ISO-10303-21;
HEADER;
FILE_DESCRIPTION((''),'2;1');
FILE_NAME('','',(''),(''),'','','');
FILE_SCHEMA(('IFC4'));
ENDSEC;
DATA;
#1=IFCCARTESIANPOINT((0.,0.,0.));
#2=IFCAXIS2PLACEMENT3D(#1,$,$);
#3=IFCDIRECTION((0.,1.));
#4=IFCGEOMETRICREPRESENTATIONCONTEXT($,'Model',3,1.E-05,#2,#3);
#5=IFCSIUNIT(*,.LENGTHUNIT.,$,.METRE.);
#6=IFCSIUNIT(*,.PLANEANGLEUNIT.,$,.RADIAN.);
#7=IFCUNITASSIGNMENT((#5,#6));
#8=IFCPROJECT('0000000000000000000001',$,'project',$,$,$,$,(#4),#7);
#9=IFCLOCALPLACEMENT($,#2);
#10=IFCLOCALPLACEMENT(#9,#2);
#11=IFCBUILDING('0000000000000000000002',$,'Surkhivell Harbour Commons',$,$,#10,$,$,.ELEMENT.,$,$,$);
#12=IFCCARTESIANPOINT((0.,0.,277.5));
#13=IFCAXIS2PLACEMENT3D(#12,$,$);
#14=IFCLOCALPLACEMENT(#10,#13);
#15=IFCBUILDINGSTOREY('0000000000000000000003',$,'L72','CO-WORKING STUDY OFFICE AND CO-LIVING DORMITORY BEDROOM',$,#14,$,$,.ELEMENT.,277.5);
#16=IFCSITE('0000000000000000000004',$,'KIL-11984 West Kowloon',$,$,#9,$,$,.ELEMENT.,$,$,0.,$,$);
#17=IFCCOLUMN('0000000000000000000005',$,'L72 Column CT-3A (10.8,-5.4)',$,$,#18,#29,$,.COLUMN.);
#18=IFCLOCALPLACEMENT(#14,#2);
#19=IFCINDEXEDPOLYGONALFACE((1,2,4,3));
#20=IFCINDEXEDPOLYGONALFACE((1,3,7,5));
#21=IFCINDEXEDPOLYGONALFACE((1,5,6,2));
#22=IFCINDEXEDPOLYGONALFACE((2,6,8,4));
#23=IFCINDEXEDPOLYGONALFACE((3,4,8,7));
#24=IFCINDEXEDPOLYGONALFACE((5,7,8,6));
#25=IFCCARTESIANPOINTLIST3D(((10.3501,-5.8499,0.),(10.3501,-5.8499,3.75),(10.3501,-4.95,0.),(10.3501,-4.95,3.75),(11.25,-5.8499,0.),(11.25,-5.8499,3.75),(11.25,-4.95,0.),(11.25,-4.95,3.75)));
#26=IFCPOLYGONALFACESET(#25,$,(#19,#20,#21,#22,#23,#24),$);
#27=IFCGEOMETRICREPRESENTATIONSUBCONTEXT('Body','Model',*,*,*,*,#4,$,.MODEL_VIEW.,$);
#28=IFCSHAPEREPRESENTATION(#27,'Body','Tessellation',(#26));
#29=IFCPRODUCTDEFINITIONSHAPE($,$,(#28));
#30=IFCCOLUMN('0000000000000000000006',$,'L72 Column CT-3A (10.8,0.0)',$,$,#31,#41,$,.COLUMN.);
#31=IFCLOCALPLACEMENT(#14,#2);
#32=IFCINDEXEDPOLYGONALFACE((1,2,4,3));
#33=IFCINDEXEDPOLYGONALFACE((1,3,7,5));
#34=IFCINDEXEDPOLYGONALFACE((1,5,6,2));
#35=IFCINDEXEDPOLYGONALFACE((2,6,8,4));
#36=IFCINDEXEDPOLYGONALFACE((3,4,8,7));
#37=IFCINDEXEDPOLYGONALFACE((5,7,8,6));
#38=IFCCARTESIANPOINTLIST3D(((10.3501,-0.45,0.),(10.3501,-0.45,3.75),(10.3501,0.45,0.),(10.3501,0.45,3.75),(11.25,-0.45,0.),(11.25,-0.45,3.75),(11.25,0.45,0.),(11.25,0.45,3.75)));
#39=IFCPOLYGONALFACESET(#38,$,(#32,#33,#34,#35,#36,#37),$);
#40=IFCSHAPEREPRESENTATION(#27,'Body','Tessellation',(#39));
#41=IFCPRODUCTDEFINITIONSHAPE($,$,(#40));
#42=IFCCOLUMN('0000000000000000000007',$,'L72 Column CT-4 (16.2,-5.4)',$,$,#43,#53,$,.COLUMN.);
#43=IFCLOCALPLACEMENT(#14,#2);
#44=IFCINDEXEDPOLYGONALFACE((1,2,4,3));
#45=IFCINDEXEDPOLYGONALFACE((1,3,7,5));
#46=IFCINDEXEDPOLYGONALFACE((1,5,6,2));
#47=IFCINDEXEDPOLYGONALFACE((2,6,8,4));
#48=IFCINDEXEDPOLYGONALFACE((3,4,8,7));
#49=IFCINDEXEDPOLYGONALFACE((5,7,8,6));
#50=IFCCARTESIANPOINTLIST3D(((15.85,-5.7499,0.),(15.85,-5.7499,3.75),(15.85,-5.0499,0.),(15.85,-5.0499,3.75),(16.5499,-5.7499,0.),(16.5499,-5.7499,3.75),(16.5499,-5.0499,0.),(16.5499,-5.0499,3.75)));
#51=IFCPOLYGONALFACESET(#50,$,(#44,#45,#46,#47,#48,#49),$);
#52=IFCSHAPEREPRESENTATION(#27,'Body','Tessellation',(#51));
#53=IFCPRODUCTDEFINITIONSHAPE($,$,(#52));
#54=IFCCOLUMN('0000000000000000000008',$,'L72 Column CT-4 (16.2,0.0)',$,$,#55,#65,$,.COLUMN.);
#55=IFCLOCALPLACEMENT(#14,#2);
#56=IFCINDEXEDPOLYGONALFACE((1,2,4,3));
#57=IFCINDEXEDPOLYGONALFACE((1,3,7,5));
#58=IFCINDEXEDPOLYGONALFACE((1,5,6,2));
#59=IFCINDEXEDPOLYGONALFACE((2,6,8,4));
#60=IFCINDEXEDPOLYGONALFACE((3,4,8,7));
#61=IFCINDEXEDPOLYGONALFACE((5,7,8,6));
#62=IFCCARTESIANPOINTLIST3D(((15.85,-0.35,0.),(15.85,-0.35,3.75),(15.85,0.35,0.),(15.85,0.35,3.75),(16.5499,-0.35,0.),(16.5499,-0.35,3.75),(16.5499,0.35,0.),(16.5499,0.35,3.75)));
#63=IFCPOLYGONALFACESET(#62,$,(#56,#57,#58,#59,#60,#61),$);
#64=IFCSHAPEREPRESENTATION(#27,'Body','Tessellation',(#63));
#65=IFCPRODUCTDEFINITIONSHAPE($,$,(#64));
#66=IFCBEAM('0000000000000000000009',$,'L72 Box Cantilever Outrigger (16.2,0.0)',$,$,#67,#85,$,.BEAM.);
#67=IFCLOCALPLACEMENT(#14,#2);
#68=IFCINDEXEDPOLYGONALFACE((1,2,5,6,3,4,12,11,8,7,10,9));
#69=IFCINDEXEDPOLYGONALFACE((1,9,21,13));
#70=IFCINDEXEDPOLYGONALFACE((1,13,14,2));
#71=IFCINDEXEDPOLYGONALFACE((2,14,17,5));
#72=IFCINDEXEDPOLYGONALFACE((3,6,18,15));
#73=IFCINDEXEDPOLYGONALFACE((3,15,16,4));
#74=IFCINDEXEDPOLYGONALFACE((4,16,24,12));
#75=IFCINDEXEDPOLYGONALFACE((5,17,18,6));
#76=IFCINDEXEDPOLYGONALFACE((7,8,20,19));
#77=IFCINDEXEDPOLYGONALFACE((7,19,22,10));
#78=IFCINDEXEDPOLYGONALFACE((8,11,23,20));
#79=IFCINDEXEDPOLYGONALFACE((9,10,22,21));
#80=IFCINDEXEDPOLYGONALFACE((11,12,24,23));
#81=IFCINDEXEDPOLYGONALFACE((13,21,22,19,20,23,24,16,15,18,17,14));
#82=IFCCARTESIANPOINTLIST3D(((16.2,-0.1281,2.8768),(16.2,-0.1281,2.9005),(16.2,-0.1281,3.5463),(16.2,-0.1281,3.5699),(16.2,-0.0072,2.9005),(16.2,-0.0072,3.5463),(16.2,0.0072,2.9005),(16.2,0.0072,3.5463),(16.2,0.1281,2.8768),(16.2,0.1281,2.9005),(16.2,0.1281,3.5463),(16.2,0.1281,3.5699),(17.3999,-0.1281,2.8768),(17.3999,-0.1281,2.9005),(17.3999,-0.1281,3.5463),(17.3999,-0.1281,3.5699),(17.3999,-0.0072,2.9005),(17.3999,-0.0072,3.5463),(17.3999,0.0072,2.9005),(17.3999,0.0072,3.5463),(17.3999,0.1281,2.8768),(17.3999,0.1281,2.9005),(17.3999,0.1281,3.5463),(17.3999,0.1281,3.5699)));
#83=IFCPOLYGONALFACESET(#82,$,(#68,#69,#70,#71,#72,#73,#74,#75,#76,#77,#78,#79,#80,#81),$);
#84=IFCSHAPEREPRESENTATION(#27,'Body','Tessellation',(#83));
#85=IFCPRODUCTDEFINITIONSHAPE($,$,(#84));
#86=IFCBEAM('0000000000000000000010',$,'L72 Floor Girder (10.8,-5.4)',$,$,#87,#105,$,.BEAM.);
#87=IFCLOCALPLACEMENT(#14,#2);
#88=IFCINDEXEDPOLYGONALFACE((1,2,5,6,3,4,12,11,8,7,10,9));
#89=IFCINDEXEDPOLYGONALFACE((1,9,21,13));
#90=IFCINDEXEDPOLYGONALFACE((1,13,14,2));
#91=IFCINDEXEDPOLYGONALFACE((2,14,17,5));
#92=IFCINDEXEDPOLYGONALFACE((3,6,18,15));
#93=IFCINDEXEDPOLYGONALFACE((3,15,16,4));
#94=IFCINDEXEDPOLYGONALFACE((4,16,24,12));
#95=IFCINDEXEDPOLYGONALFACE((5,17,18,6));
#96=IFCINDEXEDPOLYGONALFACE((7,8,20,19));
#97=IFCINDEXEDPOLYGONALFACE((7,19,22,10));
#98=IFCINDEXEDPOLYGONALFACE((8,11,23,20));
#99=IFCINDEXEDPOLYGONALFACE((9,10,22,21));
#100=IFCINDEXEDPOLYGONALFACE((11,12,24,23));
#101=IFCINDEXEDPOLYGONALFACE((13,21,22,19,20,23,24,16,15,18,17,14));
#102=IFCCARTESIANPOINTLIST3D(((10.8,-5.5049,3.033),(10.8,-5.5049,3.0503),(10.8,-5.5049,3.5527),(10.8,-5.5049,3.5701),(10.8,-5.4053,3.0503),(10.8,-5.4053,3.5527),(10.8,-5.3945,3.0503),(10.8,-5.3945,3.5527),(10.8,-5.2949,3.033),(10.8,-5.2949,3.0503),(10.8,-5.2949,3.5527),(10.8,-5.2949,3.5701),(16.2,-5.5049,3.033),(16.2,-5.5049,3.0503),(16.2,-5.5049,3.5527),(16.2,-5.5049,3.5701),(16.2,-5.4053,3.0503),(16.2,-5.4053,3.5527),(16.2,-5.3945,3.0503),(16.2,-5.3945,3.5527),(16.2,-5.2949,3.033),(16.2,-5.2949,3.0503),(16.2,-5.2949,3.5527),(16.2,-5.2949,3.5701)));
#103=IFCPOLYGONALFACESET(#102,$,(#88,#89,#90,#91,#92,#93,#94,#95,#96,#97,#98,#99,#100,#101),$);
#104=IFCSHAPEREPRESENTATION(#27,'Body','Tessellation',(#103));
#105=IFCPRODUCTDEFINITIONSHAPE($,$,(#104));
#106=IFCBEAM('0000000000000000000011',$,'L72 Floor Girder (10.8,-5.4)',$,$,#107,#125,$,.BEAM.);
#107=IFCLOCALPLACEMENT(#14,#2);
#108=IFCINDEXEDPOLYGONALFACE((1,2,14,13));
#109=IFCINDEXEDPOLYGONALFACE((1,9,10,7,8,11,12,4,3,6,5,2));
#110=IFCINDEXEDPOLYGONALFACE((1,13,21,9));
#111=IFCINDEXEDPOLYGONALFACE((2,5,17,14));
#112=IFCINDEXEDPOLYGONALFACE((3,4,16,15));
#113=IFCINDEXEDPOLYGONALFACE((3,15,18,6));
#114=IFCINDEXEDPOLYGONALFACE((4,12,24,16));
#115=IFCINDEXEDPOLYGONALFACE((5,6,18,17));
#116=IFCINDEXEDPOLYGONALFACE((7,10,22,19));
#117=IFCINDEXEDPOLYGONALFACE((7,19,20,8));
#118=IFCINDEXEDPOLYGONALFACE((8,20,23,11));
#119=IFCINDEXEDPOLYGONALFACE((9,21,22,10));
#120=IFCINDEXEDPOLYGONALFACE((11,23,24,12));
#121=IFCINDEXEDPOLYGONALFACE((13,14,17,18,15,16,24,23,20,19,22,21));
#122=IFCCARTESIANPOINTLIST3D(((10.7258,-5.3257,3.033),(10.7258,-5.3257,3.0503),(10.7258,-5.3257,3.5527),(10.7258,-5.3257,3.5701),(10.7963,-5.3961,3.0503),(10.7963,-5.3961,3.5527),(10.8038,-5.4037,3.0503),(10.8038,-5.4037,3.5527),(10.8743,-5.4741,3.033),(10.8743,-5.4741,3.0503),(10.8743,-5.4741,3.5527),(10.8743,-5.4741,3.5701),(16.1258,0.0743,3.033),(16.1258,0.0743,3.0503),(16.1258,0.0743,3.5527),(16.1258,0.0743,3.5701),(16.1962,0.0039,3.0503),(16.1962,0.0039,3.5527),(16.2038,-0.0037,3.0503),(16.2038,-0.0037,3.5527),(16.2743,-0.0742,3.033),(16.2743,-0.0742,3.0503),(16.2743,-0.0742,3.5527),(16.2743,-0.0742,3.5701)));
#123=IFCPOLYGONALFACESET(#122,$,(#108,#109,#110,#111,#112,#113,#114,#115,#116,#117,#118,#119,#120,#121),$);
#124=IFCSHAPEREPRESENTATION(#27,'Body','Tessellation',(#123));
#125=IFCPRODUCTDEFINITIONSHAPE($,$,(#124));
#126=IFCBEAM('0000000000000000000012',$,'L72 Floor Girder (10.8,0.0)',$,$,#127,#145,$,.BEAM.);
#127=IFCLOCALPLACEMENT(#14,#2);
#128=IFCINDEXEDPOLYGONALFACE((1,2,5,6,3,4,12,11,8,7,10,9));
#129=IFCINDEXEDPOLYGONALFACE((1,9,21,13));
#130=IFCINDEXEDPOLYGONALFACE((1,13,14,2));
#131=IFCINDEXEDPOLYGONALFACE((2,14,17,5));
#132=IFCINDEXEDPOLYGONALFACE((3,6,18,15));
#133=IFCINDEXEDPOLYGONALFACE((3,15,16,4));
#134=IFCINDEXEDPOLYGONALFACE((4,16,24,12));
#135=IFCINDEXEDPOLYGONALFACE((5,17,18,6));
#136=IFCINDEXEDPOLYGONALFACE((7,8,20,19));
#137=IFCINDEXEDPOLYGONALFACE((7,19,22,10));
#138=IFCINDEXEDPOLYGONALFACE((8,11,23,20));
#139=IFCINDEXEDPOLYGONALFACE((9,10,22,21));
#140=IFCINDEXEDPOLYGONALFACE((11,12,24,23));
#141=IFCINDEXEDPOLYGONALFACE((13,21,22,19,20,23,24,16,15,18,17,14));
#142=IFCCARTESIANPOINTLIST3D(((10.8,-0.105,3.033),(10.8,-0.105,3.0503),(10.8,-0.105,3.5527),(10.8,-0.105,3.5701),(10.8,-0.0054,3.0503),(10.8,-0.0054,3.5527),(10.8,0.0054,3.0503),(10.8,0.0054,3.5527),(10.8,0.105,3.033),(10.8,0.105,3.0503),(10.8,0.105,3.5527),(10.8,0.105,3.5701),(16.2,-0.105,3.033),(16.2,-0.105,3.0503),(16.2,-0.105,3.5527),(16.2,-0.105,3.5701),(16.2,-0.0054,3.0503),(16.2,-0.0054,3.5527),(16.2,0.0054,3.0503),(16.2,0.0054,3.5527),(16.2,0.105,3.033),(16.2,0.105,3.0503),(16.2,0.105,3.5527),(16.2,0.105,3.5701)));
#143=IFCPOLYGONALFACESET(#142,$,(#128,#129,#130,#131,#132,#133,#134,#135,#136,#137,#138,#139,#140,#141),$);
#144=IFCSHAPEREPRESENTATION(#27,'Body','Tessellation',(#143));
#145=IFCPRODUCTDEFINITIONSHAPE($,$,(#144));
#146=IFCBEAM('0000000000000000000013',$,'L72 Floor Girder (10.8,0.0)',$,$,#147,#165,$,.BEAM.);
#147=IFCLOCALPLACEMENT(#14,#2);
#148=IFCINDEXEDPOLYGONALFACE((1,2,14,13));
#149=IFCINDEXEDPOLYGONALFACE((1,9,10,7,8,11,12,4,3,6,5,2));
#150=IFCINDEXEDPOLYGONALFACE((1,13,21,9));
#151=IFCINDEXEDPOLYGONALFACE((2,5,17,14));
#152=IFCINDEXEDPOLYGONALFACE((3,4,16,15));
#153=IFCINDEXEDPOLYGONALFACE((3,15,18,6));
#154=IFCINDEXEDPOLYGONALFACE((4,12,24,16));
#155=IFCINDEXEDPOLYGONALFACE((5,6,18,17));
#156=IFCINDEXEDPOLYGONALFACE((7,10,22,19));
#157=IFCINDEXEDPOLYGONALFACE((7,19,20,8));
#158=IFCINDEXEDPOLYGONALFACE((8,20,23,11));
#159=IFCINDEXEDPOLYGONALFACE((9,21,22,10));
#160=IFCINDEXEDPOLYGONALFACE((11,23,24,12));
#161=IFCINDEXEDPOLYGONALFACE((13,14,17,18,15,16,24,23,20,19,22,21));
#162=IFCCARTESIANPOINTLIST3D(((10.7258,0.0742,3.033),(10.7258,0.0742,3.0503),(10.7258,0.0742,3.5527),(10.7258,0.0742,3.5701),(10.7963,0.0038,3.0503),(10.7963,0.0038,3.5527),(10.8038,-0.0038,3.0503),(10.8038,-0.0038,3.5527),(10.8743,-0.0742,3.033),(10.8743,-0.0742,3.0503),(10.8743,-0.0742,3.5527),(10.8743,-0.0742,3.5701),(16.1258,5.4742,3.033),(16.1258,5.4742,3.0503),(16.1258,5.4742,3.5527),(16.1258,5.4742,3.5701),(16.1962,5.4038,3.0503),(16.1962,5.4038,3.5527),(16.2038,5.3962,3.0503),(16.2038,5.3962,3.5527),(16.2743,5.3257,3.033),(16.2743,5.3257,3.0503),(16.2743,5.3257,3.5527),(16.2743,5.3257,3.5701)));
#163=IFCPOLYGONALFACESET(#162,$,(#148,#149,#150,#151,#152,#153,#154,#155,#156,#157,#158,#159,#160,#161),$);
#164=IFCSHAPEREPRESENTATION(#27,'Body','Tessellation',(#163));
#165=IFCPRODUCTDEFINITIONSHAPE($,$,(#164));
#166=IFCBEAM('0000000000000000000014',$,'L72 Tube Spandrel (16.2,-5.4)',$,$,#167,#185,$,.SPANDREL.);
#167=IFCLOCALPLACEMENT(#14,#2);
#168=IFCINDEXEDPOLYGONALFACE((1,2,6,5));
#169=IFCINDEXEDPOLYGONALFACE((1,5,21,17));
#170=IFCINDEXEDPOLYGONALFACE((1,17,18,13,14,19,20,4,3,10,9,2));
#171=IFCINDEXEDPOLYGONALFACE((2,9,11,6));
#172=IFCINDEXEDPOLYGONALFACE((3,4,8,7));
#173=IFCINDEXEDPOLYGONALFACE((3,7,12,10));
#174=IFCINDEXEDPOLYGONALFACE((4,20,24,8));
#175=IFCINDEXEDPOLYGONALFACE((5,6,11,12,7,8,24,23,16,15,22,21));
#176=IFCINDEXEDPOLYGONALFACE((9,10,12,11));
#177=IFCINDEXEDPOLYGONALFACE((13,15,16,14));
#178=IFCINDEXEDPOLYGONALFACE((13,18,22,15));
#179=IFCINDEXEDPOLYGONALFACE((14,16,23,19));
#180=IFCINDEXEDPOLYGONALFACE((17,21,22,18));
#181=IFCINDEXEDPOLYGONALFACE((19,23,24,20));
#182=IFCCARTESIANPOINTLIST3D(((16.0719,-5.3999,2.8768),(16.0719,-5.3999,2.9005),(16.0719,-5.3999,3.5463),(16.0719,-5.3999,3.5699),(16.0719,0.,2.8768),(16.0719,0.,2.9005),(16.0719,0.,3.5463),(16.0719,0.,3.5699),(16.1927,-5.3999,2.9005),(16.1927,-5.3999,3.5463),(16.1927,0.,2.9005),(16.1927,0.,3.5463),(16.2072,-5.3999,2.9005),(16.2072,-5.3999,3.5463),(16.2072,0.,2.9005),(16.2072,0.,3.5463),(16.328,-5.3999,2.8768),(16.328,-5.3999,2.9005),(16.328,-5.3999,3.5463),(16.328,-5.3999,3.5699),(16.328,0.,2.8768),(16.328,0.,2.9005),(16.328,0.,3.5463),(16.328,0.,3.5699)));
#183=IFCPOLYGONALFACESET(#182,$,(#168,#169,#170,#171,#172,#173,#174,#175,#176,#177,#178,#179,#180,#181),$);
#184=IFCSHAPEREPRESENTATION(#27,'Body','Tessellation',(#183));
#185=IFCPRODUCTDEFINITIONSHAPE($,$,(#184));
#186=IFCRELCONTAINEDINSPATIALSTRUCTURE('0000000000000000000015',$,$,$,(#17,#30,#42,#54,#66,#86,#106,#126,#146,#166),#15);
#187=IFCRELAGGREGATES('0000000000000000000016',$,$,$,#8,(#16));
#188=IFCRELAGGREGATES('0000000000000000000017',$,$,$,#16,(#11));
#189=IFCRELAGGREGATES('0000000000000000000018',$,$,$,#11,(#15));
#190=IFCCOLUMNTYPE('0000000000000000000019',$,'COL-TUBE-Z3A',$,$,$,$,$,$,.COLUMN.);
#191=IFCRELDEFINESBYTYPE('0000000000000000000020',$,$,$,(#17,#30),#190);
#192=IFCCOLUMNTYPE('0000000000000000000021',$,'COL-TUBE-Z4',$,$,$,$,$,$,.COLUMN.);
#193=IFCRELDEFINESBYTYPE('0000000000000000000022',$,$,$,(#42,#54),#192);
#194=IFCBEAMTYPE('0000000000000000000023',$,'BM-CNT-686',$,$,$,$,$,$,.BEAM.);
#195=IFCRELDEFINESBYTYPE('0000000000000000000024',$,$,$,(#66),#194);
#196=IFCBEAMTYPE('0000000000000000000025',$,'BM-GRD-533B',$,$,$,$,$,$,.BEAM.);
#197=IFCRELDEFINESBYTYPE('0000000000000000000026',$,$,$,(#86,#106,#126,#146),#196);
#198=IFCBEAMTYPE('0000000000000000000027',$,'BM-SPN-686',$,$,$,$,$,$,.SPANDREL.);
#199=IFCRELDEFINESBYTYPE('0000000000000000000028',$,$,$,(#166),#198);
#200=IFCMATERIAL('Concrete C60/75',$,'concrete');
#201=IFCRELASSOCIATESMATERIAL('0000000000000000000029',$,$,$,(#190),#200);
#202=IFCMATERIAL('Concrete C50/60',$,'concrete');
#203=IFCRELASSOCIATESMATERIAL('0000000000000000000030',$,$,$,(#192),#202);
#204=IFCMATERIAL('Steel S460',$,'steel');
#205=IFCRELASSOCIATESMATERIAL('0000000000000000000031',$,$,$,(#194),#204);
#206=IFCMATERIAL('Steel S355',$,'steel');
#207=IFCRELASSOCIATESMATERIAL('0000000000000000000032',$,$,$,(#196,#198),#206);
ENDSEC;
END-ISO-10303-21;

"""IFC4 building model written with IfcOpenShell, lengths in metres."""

from ifc_helpers import new_model, si_unit, direction, frame, origin, origin_2d, place, context, subcontext, project, spatial, rectangle, i_section, extrude, material, material_profile, profile_set, type_object, element, save


model = new_model("IFC4")

# Units and contexts
model_context = context("Model", 3, precision=1e-05, world=origin(), true_north=direction((0.0, 1.0)))
body_context = subcontext(model_context, "Body", "Model", "MODEL_VIEW")
ifc_project = project(units=[si_unit("LENGTHUNIT", "METRE"), si_unit("PLANEANGLEUNIT", "RADIAN")], contexts=[model_context])

# Site, building, storey
site_placement = place(None, origin())
site = spatial("IfcSite", under=ifc_project, at=site_placement, Name="KIL-11984 West Kowloon", CompositionType="ELEMENT", RefElevation=0.0)
building_placement = place(site_placement, origin())
building = spatial("IfcBuilding", under=site, at=building_placement, Name="Surkhivell Harbour Commons", CompositionType="ELEMENT")
storey_placement = place(building_placement, frame((0.0, 0.0, 277.5)))
storey = spatial("IfcBuildingStorey", under=building, at=storey_placement, Name="L72", Description="CO-WORKING STUDY OFFICE AND CO-LIVING DORMITORY BEDROOM", CompositionType="ELEMENT", Elevation=277.5)

# Columns
ifc_material_1 = material(Name="Concrete C60/75", Category="concrete")
ifc_material_profile_1 = material_profile(ifc_material_1, rectangle(XDim=0.8999, YDim=0.8999, at=origin_2d()), Name="RC-COL-900x900")
ifc_profile_set_1 = profile_set([ifc_material_profile_1], Name="Concrete C60/75")
column_type_1 = type_object("IfcColumnType", Name="COL-TUBE-Z3A", PredefinedType="COLUMN", material=ifc_profile_set_1)
for number, where, z_axis, x_axis, name in (
    (1, (10.8, -5.3999, 0.0), (0.0, 0.0, 1.0), (1.0, 0.0, 0.0), "L72 Column CT-3A (10.8,-5.4)"),
    (2, (10.8, 0.0, 0.0), (0.0, 0.0, 1.0), (1.0, 0.0, 0.0), "L72 Column CT-3A (10.8,0.0)"),
):
    element("IfcColumn", number, at=place(storey_placement, frame(where, z_axis=z_axis, x_axis=x_axis)), inside=storey, type_object=column_type_1, Name=name, PredefinedType="COLUMN", context=body_context, shape_type="SweptSolid", body=[
        extrude(rectangle(XDim=0.8999, YDim=0.8999, at=origin_2d()), origin(), (0.0, 0.0, 1.0), 3.75),
    ])
ifc_material_2 = material(Name="Concrete C50/60", Category="concrete")
ifc_material_profile_2 = material_profile(ifc_material_2, rectangle(XDim=0.7, YDim=0.7, at=origin_2d()), Name="RC-COL-700x700")
ifc_profile_set_2 = profile_set([ifc_material_profile_2], Name="Concrete C50/60")
column_type_2 = type_object("IfcColumnType", Name="COL-TUBE-Z4", PredefinedType="COLUMN", material=ifc_profile_set_2)
for number, where, z_axis, x_axis, name in (
    (3, (16.2, -5.3999, 0.0), (0.0, 0.0, 1.0), (1.0, 0.0, 0.0), "L72 Column CT-4 (16.2,-5.4)"),
    (4, (16.2, 0.0, 0.0), (0.0, 0.0, 1.0), (1.0, 0.0, 0.0), "L72 Column CT-4 (16.2,0.0)"),
):
    element("IfcColumn", number, at=place(storey_placement, frame(where, z_axis=z_axis, x_axis=x_axis)), inside=storey, type_object=column_type_2, Name=name, PredefinedType="COLUMN", context=body_context, shape_type="SweptSolid", body=[
        extrude(rectangle(XDim=0.7, YDim=0.7, at=origin_2d()), origin(), (0.0, 0.0, 1.0), 3.75),
    ])

# Beams
ifc_material_3 = material(Name="Steel S460", Category="steel")
ifc_material_profile_3 = material_profile(ifc_material_3, i_section(OverallWidth=0.2561, OverallDepth=0.6931, WebThickness=0.0144, FlangeThickness=0.0237, at=origin_2d()), Name="UB686x254x170")
ifc_profile_set_3 = profile_set([ifc_material_profile_3], Name="Steel S460")
beam_type_1 = type_object("IfcBeamType", Name="BM-CNT-686", PredefinedType="BEAM", material=ifc_profile_set_3)
beam_1_placement = place(storey_placement, frame((16.2, 0.0, 3.2234), z_axis=(1.0, 0.0, 0.0), x_axis=(0.0, 1.0, 0.0)))
element("IfcBeam", 5, at=beam_1_placement, inside=storey, type_object=beam_type_1, Name="L72 Box Cantilever Outrigger (16.2,0.0)", PredefinedType="BEAM", context=body_context, shape_type="SweptSolid", body=[
    extrude(i_section(OverallWidth=0.2561, OverallDepth=0.6931, WebThickness=0.0144, FlangeThickness=0.0237, at=origin_2d()), origin(), (0.0, 0.0, 1.0), 1.2),
])
ifc_material_4 = material(Name="Steel S355", Category="steel")
ifc_material_profile_4 = material_profile(ifc_material_4, i_section(OverallWidth=0.21, OverallDepth=0.5371, WebThickness=0.0107, FlangeThickness=0.0173, at=origin_2d()), Name="UB533x210x101")
ifc_profile_set_4 = profile_set([ifc_material_profile_4], Name="Steel S355")
beam_type_2 = type_object("IfcBeamType", Name="BM-GRD-533B", PredefinedType="BEAM", material=ifc_profile_set_4)
beam_2_placement = place(storey_placement, frame((10.8, -5.3999, 3.3015), z_axis=(1.0, 0.0, 0.0), x_axis=(0.0, 1.0, 0.0)))
element("IfcBeam", 6, at=beam_2_placement, inside=storey, type_object=beam_type_2, Name="L72 Floor Girder (10.8,-5.4)", PredefinedType="BEAM", context=body_context, shape_type="SweptSolid", body=[
    extrude(i_section(OverallWidth=0.21, OverallDepth=0.5371, WebThickness=0.0107, FlangeThickness=0.0173, at=origin_2d()), origin(), (0.0, 0.0, 1.0), 5.3999),
])
beam_3_placement = place(storey_placement, frame((10.8, -5.3999, 3.3015), z_axis=(0.707107, 0.707107, 0.0), x_axis=(-0.707107, 0.707107, 0.0)))
element("IfcBeam", 7, at=beam_3_placement, inside=storey, type_object=beam_type_2, Name="L72 Floor Girder (10.8,-5.4)", PredefinedType="BEAM", context=body_context, shape_type="SweptSolid", body=[
    extrude(i_section(OverallWidth=0.21, OverallDepth=0.5371, WebThickness=0.0107, FlangeThickness=0.0173, at=origin_2d()), origin(), (0.0, 0.0, 1.0), 7.6367),
])
beam_4_placement = place(storey_placement, frame((10.8, 0.0, 3.3015), z_axis=(1.0, 0.0, 0.0), x_axis=(0.0, 1.0, 0.0)))
element("IfcBeam", 8, at=beam_4_placement, inside=storey, type_object=beam_type_2, Name="L72 Floor Girder (10.8,0.0)", PredefinedType="BEAM", context=body_context, shape_type="SweptSolid", body=[
    extrude(i_section(OverallWidth=0.21, OverallDepth=0.5371, WebThickness=0.0107, FlangeThickness=0.0173, at=origin_2d()), origin(), (0.0, 0.0, 1.0), 5.3999),
])
beam_5_placement = place(storey_placement, frame((10.8, 0.0, 3.3015), z_axis=(0.707107, 0.707107, 0.0), x_axis=(-0.707107, 0.707107, 0.0)))
element("IfcBeam", 9, at=beam_5_placement, inside=storey, type_object=beam_type_2, Name="L72 Floor Girder (10.8,0.0)", PredefinedType="BEAM", context=body_context, shape_type="SweptSolid", body=[
    extrude(i_section(OverallWidth=0.21, OverallDepth=0.5371, WebThickness=0.0107, FlangeThickness=0.0173, at=origin_2d()), origin(), (0.0, 0.0, 1.0), 7.6367),
])
ifc_material_profile_5 = material_profile(ifc_material_4, i_section(OverallWidth=0.2561, OverallDepth=0.6931, WebThickness=0.0144, FlangeThickness=0.0237, at=origin_2d()), Name="UB686x254x170")
ifc_profile_set_5 = profile_set([ifc_material_profile_5], Name="Steel S355")
beam_type_3 = type_object("IfcBeamType", Name="BM-SPN-686", PredefinedType="SPANDREL", material=ifc_profile_set_5)
for number, where, z_axis, x_axis, name in (
    (10, (16.2, -5.3999, 3.2234), (0.0, 1.0, 0.0), (-1.0, 0.0, 0.0), "L72 Tube Spandrel (16.2,-5.4)"),
):
    element("IfcBeam", number, at=place(storey_placement, frame(where, z_axis=z_axis, x_axis=x_axis)), inside=storey, type_object=beam_type_3, Name=name, PredefinedType="SPANDREL", context=body_context, shape_type="SweptSolid", body=[
        extrude(i_section(OverallWidth=0.2561, OverallDepth=0.6931, WebThickness=0.0144, FlangeThickness=0.0237, at=origin_2d()), origin(), (0.0, 0.0, 1.0), 5.3999),
    ])

save(model, "model.ifc")
